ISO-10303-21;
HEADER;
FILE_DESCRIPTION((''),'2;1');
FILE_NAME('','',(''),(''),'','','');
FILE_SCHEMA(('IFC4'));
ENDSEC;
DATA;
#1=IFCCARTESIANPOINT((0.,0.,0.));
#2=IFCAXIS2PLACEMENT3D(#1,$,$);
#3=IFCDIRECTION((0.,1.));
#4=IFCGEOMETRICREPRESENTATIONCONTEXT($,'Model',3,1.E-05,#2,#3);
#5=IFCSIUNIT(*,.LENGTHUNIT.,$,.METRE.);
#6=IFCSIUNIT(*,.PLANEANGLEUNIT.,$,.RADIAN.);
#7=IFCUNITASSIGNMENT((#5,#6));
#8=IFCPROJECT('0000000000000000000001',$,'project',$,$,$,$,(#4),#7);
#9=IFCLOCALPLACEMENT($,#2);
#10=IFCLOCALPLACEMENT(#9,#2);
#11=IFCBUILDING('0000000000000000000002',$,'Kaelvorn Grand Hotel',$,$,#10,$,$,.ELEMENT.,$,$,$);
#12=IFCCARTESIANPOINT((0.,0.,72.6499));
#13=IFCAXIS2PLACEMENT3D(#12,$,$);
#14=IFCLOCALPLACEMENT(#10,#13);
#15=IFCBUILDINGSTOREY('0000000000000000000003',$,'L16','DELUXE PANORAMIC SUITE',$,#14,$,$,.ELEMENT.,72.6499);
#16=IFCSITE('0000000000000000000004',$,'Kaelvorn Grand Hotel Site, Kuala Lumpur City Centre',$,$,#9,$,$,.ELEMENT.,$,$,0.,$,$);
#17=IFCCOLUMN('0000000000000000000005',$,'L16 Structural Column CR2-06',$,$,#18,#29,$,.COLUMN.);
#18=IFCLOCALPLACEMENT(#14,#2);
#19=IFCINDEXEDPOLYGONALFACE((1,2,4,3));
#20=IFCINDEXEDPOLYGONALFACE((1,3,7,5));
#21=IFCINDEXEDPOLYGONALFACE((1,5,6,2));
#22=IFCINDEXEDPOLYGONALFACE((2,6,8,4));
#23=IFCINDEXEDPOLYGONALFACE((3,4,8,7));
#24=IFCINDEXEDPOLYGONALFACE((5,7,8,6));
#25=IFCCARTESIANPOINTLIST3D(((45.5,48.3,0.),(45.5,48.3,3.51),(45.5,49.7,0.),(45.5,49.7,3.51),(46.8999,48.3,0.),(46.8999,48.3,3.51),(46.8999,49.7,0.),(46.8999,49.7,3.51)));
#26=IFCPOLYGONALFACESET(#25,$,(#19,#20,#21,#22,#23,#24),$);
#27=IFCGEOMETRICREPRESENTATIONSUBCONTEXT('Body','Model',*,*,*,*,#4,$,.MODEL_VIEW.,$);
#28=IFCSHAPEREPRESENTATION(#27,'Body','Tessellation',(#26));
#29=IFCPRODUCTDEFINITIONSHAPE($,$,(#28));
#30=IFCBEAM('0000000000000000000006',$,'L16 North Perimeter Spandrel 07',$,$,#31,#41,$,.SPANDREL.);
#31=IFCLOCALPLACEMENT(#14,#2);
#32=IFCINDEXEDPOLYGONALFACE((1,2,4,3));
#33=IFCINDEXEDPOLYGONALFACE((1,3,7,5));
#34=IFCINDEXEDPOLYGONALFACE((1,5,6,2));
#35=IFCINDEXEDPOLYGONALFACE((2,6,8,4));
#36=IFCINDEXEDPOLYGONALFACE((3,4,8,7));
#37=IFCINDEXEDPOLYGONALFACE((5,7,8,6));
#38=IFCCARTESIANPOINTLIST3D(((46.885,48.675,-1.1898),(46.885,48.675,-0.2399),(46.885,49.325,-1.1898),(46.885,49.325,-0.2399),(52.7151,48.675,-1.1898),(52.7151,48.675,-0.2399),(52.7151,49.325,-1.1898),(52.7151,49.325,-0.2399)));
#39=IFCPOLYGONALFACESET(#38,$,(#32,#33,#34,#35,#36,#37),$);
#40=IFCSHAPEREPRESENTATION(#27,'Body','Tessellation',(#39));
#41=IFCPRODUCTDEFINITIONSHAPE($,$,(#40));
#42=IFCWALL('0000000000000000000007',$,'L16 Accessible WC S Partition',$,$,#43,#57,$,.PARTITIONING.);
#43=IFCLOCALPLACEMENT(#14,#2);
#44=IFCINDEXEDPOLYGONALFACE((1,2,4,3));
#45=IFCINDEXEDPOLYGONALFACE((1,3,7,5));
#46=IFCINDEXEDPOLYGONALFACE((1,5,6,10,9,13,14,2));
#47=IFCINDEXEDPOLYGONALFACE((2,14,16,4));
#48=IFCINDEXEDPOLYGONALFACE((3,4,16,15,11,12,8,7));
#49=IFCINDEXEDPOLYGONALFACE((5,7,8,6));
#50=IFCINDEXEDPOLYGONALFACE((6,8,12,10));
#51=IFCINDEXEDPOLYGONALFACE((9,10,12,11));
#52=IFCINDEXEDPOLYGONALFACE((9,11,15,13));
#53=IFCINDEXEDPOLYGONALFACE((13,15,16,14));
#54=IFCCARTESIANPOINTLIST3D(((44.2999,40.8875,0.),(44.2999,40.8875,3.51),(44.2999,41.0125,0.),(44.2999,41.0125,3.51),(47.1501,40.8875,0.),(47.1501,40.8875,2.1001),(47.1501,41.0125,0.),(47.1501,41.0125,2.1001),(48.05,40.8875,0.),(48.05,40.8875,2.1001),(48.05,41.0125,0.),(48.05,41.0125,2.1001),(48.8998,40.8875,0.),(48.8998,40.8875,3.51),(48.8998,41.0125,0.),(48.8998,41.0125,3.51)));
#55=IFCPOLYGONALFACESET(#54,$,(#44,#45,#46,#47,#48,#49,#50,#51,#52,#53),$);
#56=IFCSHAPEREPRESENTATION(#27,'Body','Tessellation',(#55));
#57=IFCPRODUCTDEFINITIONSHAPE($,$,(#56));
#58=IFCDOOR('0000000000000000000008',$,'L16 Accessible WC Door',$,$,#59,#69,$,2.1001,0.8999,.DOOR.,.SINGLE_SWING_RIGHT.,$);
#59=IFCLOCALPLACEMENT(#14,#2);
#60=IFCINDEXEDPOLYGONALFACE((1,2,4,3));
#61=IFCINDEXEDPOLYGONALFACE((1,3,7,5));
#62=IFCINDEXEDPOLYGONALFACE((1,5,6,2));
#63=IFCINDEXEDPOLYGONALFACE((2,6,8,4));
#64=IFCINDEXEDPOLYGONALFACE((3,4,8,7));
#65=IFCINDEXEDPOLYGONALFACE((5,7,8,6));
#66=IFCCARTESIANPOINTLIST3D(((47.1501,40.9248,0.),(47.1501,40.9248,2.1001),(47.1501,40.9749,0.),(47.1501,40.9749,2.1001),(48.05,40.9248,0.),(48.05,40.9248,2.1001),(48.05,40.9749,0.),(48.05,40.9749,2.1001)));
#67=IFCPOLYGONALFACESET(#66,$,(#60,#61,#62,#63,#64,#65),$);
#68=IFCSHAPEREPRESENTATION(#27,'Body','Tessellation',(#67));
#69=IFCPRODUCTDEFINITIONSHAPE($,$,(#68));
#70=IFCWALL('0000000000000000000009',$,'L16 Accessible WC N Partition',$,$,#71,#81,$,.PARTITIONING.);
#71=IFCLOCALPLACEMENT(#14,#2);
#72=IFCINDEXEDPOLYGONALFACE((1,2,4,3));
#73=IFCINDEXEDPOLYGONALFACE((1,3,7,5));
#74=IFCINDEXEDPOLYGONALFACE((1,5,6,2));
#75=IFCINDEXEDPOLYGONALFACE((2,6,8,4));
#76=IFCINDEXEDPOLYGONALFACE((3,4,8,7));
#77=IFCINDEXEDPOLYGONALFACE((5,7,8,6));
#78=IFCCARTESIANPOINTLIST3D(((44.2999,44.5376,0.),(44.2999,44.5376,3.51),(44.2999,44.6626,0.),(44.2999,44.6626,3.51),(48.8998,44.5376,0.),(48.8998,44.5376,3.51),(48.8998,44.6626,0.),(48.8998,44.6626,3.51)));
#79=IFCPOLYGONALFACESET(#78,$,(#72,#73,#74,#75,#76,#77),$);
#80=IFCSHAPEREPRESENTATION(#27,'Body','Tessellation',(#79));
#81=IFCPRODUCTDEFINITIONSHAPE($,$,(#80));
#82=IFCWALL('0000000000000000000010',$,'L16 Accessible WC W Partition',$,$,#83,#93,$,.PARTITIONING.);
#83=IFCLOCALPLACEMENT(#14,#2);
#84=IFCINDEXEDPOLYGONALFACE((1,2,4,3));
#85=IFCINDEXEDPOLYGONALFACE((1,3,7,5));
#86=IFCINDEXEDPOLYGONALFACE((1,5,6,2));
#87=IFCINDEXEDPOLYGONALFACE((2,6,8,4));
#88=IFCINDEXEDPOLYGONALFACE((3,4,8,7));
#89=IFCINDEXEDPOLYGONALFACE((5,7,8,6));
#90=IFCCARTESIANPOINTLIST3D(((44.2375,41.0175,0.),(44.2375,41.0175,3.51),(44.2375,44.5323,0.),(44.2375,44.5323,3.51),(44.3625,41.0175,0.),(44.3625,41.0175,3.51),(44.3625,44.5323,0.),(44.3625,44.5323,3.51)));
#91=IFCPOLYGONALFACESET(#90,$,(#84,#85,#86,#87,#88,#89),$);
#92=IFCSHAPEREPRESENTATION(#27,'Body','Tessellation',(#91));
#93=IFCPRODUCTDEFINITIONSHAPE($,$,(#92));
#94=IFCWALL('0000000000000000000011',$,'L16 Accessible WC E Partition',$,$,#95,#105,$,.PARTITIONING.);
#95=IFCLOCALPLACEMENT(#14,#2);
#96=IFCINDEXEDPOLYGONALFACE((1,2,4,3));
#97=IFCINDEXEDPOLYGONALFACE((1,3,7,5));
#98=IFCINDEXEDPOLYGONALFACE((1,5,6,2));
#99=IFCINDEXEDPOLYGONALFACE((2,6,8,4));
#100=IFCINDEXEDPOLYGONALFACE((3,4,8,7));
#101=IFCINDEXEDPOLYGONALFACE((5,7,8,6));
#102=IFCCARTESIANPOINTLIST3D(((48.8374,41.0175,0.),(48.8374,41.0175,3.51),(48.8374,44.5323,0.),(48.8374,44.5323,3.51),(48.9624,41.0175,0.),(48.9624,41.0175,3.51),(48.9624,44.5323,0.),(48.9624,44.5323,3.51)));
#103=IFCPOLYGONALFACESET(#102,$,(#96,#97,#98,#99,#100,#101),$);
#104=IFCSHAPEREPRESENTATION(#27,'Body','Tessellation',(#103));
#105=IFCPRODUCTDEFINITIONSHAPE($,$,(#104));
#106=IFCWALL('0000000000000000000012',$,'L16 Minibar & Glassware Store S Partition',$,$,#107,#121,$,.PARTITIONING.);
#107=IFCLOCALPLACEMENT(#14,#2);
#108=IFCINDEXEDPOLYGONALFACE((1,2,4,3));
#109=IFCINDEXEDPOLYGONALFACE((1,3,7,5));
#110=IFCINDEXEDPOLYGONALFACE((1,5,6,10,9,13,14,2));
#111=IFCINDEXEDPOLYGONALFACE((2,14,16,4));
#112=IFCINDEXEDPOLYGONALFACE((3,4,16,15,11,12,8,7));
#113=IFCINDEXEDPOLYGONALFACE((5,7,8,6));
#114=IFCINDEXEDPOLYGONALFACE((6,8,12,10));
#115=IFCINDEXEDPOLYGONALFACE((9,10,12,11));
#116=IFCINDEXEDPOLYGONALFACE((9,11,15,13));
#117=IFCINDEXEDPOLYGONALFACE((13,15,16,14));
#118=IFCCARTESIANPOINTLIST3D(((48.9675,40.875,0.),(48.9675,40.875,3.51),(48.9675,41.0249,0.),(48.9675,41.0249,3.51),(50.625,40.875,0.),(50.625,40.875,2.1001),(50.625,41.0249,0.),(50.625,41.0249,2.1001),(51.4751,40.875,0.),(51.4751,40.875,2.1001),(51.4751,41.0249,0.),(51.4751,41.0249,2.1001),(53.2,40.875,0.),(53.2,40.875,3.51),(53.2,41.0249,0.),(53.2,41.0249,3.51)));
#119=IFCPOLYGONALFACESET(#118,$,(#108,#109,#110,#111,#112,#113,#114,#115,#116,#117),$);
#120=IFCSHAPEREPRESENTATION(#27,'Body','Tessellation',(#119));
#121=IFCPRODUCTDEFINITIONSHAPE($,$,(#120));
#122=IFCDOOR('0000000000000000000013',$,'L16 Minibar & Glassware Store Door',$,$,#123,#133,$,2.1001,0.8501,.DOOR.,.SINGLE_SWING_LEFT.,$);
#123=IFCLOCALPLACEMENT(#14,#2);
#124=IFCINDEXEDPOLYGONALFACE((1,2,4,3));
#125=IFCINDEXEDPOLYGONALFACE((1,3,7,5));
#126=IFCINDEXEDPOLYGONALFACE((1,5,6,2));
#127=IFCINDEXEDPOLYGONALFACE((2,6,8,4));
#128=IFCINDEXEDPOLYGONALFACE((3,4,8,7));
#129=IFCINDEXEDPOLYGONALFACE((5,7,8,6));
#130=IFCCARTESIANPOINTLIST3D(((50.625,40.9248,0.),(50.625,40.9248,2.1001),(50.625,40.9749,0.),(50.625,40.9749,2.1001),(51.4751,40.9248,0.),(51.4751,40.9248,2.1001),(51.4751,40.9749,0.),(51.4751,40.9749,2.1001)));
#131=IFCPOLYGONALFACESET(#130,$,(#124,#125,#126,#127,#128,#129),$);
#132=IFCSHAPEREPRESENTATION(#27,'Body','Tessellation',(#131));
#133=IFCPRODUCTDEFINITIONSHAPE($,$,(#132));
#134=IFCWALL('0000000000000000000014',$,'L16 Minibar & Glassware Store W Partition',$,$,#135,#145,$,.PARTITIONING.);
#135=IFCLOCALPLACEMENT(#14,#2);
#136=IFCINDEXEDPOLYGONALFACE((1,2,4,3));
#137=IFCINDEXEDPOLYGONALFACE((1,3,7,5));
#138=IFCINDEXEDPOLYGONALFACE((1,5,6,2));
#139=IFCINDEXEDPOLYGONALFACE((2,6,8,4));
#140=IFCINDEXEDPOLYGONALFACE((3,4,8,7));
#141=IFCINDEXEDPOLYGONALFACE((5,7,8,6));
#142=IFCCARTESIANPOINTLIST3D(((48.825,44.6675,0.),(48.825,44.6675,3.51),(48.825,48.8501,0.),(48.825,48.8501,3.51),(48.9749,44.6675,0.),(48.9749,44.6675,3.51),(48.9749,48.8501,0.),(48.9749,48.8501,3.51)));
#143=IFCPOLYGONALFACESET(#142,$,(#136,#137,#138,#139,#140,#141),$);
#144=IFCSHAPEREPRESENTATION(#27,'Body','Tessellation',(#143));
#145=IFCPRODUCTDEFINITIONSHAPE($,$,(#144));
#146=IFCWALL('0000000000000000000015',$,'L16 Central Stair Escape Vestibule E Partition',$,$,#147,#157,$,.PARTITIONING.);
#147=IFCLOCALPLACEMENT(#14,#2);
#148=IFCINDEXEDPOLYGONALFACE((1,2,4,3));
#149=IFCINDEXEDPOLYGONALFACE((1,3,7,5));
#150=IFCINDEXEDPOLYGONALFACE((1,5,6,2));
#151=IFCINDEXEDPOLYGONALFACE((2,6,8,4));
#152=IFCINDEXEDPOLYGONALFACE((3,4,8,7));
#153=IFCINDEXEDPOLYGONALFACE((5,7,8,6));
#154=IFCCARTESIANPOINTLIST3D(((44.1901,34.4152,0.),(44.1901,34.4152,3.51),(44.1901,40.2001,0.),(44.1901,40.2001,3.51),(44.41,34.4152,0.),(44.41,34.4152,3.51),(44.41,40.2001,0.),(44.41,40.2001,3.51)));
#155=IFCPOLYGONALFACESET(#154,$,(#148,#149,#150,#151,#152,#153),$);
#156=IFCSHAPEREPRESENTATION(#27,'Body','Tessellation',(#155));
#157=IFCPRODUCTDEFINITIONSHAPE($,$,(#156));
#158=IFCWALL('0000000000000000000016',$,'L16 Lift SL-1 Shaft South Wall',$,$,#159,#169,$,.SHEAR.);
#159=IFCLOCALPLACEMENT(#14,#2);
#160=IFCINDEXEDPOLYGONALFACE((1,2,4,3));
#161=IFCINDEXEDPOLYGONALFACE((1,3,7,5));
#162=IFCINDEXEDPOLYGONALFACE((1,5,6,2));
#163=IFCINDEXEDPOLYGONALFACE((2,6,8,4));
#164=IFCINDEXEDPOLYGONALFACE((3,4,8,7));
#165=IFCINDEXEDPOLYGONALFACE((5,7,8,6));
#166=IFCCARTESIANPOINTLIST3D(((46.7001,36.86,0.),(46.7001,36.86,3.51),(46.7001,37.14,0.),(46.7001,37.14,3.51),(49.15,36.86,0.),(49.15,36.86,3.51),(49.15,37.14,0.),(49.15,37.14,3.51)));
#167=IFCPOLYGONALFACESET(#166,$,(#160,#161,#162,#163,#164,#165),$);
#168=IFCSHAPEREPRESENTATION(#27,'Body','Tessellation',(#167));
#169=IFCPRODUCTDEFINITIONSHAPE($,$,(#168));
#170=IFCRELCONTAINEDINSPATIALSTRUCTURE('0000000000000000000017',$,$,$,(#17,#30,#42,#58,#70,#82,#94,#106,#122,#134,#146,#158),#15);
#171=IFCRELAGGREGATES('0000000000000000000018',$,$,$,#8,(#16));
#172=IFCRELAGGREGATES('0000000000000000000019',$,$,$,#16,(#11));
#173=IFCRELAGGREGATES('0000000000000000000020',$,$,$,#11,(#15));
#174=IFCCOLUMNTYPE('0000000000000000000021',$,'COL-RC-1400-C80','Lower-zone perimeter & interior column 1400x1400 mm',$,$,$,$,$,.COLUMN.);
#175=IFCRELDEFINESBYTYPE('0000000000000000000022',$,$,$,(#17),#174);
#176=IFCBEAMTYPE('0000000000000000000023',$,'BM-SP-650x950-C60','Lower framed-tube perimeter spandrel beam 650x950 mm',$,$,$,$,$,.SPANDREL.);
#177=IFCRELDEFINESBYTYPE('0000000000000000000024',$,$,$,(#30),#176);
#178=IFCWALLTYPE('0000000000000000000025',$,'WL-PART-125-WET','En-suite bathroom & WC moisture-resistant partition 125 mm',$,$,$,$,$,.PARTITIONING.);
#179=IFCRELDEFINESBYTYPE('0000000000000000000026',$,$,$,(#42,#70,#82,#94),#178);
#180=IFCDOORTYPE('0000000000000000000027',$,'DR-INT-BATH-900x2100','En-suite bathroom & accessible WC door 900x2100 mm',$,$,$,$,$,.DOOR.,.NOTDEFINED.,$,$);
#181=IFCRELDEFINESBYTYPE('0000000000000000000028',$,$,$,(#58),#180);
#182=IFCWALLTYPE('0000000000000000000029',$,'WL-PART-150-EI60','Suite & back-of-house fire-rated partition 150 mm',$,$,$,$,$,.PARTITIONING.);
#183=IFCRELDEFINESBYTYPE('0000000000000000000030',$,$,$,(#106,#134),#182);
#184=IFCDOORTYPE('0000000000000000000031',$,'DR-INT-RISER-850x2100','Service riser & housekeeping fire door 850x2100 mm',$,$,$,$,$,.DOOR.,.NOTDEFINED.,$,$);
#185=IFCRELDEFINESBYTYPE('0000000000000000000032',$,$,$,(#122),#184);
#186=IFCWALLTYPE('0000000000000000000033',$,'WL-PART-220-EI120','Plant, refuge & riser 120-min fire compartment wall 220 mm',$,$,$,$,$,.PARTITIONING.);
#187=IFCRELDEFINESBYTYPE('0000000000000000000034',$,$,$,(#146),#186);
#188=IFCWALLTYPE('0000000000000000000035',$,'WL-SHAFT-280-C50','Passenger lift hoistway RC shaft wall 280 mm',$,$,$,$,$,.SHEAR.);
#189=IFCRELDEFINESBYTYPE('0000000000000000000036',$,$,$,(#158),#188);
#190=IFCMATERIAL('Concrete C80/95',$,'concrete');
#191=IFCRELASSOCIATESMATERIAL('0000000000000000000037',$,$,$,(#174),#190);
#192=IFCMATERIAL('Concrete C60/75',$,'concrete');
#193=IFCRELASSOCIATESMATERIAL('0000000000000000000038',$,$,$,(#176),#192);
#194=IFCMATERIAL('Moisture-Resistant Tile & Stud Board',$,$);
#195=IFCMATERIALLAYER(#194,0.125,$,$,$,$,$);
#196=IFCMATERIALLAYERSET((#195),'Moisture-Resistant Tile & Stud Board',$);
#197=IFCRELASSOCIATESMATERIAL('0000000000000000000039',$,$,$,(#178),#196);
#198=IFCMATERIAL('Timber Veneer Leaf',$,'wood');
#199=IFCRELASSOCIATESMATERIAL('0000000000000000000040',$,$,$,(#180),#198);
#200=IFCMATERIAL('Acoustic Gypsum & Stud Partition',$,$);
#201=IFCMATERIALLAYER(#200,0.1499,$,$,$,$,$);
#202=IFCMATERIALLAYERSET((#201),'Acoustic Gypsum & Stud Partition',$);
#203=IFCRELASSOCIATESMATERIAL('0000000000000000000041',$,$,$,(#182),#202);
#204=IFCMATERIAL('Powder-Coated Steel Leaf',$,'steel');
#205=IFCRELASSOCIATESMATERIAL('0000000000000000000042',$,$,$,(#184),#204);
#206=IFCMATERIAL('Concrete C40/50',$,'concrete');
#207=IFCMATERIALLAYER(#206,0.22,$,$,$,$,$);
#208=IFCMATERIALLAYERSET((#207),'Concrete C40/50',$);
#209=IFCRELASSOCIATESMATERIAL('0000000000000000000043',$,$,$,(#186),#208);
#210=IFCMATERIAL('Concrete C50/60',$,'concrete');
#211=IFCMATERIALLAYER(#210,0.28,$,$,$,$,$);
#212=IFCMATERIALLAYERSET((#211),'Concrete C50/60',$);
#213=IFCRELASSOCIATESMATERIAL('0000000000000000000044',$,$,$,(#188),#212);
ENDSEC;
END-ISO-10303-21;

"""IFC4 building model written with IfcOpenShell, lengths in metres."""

from ifc_helpers import new_model, si_unit, direction, frame, frame_2d, origin, origin_2d, place, context, subcontext, project, spatial, rectangle, extrude, material, layer, layer_set, material_profile, profile_set, type_object, element, fill, save


model = new_model("IFC4")

# Units and contexts
model_context = context("Model", 3, precision=1e-05, world=origin(), true_north=direction((0.0, 1.0)))
body_context = subcontext(model_context, "Body", "Model", "MODEL_VIEW")
ifc_project = project(units=[si_unit("LENGTHUNIT", "METRE"), si_unit("PLANEANGLEUNIT", "RADIAN")], contexts=[model_context])

# Site, building, storey
site_placement = place(None, origin())
site = spatial("IfcSite", under=ifc_project, at=site_placement, Name="Kaelvorn Grand Hotel Site, Kuala Lumpur City Centre", CompositionType="ELEMENT", RefElevation=0.0)
building_placement = place(site_placement, origin())
building = spatial("IfcBuilding", under=site, at=building_placement, Name="Kaelvorn Grand Hotel", CompositionType="ELEMENT")
storey_placement = place(building_placement, frame((0.0, 0.0, 72.6499)))
storey = spatial("IfcBuildingStorey", under=building, at=storey_placement, Name="L16", Description="DELUXE PANORAMIC SUITE", CompositionType="ELEMENT", Elevation=72.6499)

# Column
ifc_material_1 = material(Name="Concrete C80/95", Category="concrete")
ifc_material_profile_1 = material_profile(ifc_material_1, rectangle(XDim=1.3999, YDim=1.3999, at=origin_2d()), Name="RC COL 1400x1400")
ifc_profile_set_1 = profile_set([ifc_material_profile_1], Name="Concrete C80/95")
column_type = type_object("IfcColumnType", Name="COL-RC-1400-C80", Description="Lower-zone perimeter & interior column 1400x1400 mm", PredefinedType="COLUMN", material=ifc_profile_set_1)
column_placement = place(storey_placement, frame((46.2, 49.0, 0.0), z_axis=(0.0, 0.0, 1.0), x_axis=(1.0, 0.0, 0.0)))
element("IfcColumn", 1, at=column_placement, inside=storey, type_object=column_type, Name="L16 Structural Column CR2-06", PredefinedType="COLUMN", context=body_context, shape_type="SweptSolid", body=[
    extrude(rectangle(XDim=1.3999, YDim=1.3999, at=origin_2d()), origin(), (0.0, 0.0, 1.0), 3.51),
])

# Beam
ifc_material_2 = material(Name="Concrete C60/75", Category="concrete")
ifc_material_profile_2 = material_profile(ifc_material_2, rectangle(XDim=0.6499, YDim=0.95, at=origin_2d()), Name="RC SPANDREL 650x950")
ifc_profile_set_2 = profile_set([ifc_material_profile_2], Name="Concrete C60/75")
beam_type = type_object("IfcBeamType", Name="BM-SP-650x950-C60", Description="Lower framed-tube perimeter spandrel beam 650x950 mm", PredefinedType="SPANDREL", material=ifc_profile_set_2)
beam_placement = place(storey_placement, frame((46.885, 49.0, -0.7148), z_axis=(1.0, 0.0, 0.0), x_axis=(0.0, 1.0, 0.0)))
element("IfcBeam", 2, at=beam_placement, inside=storey, type_object=beam_type, Name="L16 North Perimeter Spandrel 07", PredefinedType="SPANDREL", context=body_context, shape_type="SweptSolid", body=[
    extrude(rectangle(XDim=0.6499, YDim=0.95, at=origin_2d()), origin(), (0.0, 0.0, 1.0), 5.8301),
])

# Wall, opening, door
ifc_material_3 = material(Name="Moisture-Resistant Tile & Stud Board")
ifc_layer_1 = layer(ifc_material_3, 0.125)
ifc_layer_set_1 = layer_set([ifc_layer_1], Name="Moisture-Resistant Tile & Stud Board")
wall_type_1 = type_object("IfcWallType", Name="WL-PART-125-WET", Description="En-suite bathroom & WC moisture-resistant partition 125 mm", PredefinedType="PARTITIONING", material=ifc_layer_set_1)
wall_1_placement = place(storey_placement, frame((44.3, 40.95, 0.0), z_axis=(0.0, 0.0, 1.0), x_axis=(1.0, 0.0, 0.0)))
wall_1 = element("IfcWall", 3, at=wall_1_placement, inside=storey, type_object=wall_type_1, Name="L16 Accessible WC S Partition", PredefinedType="PARTITIONING", context=body_context, shape_type="SweptSolid", body=[
    extrude(rectangle(XDim=4.5999, YDim=0.125, at=frame_2d((2.2998, 0.0))), origin(), (0.0, 0.0, 1.0), 3.51),
])
opening_1_placement = place(wall_1_placement, frame((2.8501, 0.0, 0.0)))
opening_1 = element("IfcOpeningElement", 4, at=opening_1_placement, cuts=wall_1, PredefinedType="OPENING", context=body_context, shape_type="SweptSolid", body=[
    extrude(rectangle(XDim=0.8999, YDim=2.1001, at=frame_2d((0.45, 1.05))), frame((0.0, 0.0725, 0.0), z_axis=(0.0, -1.0, 0.0), x_axis=(1.0, 0.0, 0.0)), (0.0, 0.0, 1.0), 0.145),
])
ifc_material_4 = material(Name="Timber Veneer Leaf", Category="wood")
door_type_1 = type_object("IfcDoorType", Name="DR-INT-BATH-900x2100", Description="En-suite bathroom & accessible WC door 900x2100 mm", OperationType="NOTDEFINED", PredefinedType="DOOR", material=ifc_material_4)
door_1_placement = place(opening_1_placement, origin())
door_1 = element("IfcDoor", 5, at=door_1_placement, inside=storey, type_object=door_type_1, Name="L16 Accessible WC Door", OperationType="SINGLE_SWING_RIGHT", OverallHeight=2.1001, OverallWidth=0.8999, PredefinedType="DOOR", context=body_context, shape_type="SweptSolid", body=[
    extrude(rectangle(XDim=0.8999, YDim=2.1001, at=frame_2d((0.45, 1.05))), frame((0.0, 0.0249, 0.0), z_axis=(0.0, -1.0, 0.0), x_axis=(1.0, 0.0, 0.0)), (0.0, 0.0, 1.0), 0.05),
])
fill(opening_1, door_1)

# Walls
wall_2_placement = place(storey_placement, frame((44.3, 44.6001, 0.0), z_axis=(0.0, 0.0, 1.0), x_axis=(1.0, 0.0, 0.0)))
element("IfcWall", 6, at=wall_2_placement, inside=storey, type_object=wall_type_1, Name="L16 Accessible WC N Partition", PredefinedType="PARTITIONING", context=body_context, shape_type="SweptSolid", body=[
    extrude(rectangle(XDim=4.5999, YDim=0.125, at=frame_2d((2.2998, 0.0))), origin(), (0.0, 0.0, 1.0), 3.51),
])
for number, where, z_axis, x_axis, name in (
    (7, (44.3, 41.0176, 0.0), (0.0, 0.0, 1.0), (0.0, 1.0, 0.0), "L16 Accessible WC W Partition"),
    (8, (48.8999, 41.0176, 0.0), (0.0, 0.0, 1.0), (0.0, 1.0, 0.0), "L16 Accessible WC E Partition"),
):
    element("IfcWall", number, at=place(storey_placement, frame(where, z_axis=z_axis, x_axis=x_axis)), inside=storey, type_object=wall_type_1, Name=name, PredefinedType="PARTITIONING", context=body_context, shape_type="SweptSolid", body=[
        extrude(rectangle(XDim=3.5149, YDim=0.125, at=frame_2d((1.7573, 0.0))), origin(), (0.0, 0.0, 1.0), 3.51),
    ])

# Wall, opening, door
ifc_material_5 = material(Name="Acoustic Gypsum & Stud Partition")
ifc_layer_2 = layer(ifc_material_5, 0.1499)
ifc_layer_set_2 = layer_set([ifc_layer_2], Name="Acoustic Gypsum & Stud Partition")
wall_type_2 = type_object("IfcWallType", Name="WL-PART-150-EI60", Description="Suite & back-of-house fire-rated partition 150 mm", PredefinedType="PARTITIONING", material=ifc_layer_set_2)
wall_3_placement = place(storey_placement, frame((48.9675, 40.95, 0.0), z_axis=(0.0, 0.0, 1.0), x_axis=(1.0, 0.0, 0.0)))
wall_3 = element("IfcWall", 9, at=wall_3_placement, inside=storey, type_object=wall_type_2, Name="L16 Minibar & Glassware Store S Partition", PredefinedType="PARTITIONING", context=body_context, shape_type="SweptSolid", body=[
    extrude(rectangle(XDim=4.2324, YDim=0.1499, at=frame_2d((2.1162, 0.0))), origin(), (0.0, 0.0, 1.0), 3.51),
])
opening_2_placement = place(wall_3_placement, frame((1.6575, 0.0, 0.0)))
opening_2 = element("IfcOpeningElement", 10, at=opening_2_placement, cuts=wall_3, PredefinedType="OPENING", context=body_context, shape_type="SweptSolid", body=[
    extrude(rectangle(XDim=0.8501, YDim=2.1001, at=frame_2d((0.425, 1.05))), frame((0.0, 0.085, 0.0), z_axis=(0.0, -1.0, 0.0), x_axis=(1.0, 0.0, 0.0)), (0.0, 0.0, 1.0), 0.1699),
])
ifc_material_6 = material(Name="Powder-Coated Steel Leaf", Category="steel")
door_type_2 = type_object("IfcDoorType", Name="DR-INT-RISER-850x2100", Description="Service riser & housekeeping fire door 850x2100 mm", OperationType="NOTDEFINED", PredefinedType="DOOR", material=ifc_material_6)
door_2_placement = place(opening_2_placement, origin())
door_2 = element("IfcDoor", 11, at=door_2_placement, inside=storey, type_object=door_type_2, Name="L16 Minibar & Glassware Store Door", OperationType="SINGLE_SWING_LEFT", OverallHeight=2.1001, OverallWidth=0.8501, PredefinedType="DOOR", context=body_context, shape_type="SweptSolid", body=[
    extrude(rectangle(XDim=0.8501, YDim=2.1001, at=frame_2d((0.425, 1.05))), frame((0.0, 0.0249, 0.0), z_axis=(0.0, -1.0, 0.0), x_axis=(1.0, 0.0, 0.0)), (0.0, 0.0, 1.0), 0.05),
])
fill(opening_2, door_2)

# Walls
wall_4_placement = place(storey_placement, frame((48.8999, 44.6675, 0.0), z_axis=(0.0, 0.0, 1.0), x_axis=(0.0, 1.0, 0.0)))
element("IfcWall", 12, at=wall_4_placement, inside=storey, type_object=wall_type_2, Name="L16 Minibar & Glassware Store W Partition", PredefinedType="PARTITIONING", context=body_context, shape_type="SweptSolid", body=[
    extrude(rectangle(XDim=4.1826, YDim=0.1499, at=frame_2d((2.0913, 0.0))), origin(), (0.0, 0.0, 1.0), 3.51),
])
ifc_material_7 = material(Name="Concrete C40/50", Category="concrete")
ifc_layer_3 = layer(ifc_material_7, 0.22)
ifc_layer_set_3 = layer_set([ifc_layer_3], Name="Concrete C40/50")
wall_type_3 = type_object("IfcWallType", Name="WL-PART-220-EI120", Description="Plant, refuge & riser 120-min fire compartment wall 220 mm", PredefinedType="PARTITIONING", material=ifc_layer_set_3)
wall_5_placement = place(storey_placement, frame((44.3, 34.415, 0.0), z_axis=(0.0, 0.0, 1.0), x_axis=(0.0, 1.0, 0.0)))
element("IfcWall", 13, at=wall_5_placement, inside=storey, type_object=wall_type_3, Name="L16 Central Stair Escape Vestibule E Partition", PredefinedType="PARTITIONING", context=body_context, shape_type="SweptSolid", body=[
    extrude(rectangle(XDim=5.7849, YDim=0.22, at=frame_2d((2.8926, 0.0))), origin(), (0.0, 0.0, 1.0), 3.51),
])
ifc_material_8 = material(Name="Concrete C50/60", Category="concrete")
ifc_layer_4 = layer(ifc_material_8, 0.28)
ifc_layer_set_4 = layer_set([ifc_layer_4], Name="Concrete C50/60")
wall_type_4 = type_object("IfcWallType", Name="WL-SHAFT-280-C50", Description="Passenger lift hoistway RC shaft wall 280 mm", PredefinedType="SHEAR", material=ifc_layer_set_4)
for number, where, z_axis, x_axis, name in (
    (14, (46.7, 37.0, 0.0), (0.0, 0.0, 1.0), (1.0, 0.0, 0.0), "L16 Lift SL-1 Shaft South Wall"),
):
    element("IfcWall", number, at=place(storey_placement, frame(where, z_axis=z_axis, x_axis=x_axis)), inside=storey, type_object=wall_type_4, Name=name, PredefinedType="SHEAR", context=body_context, shape_type="SweptSolid", body=[
        extrude(rectangle(XDim=2.45, YDim=0.28, at=frame_2d((1.2251, 0.0))), origin(), (0.0, 0.0, 1.0), 3.51),
    ])

save(model, "model.ifc")
